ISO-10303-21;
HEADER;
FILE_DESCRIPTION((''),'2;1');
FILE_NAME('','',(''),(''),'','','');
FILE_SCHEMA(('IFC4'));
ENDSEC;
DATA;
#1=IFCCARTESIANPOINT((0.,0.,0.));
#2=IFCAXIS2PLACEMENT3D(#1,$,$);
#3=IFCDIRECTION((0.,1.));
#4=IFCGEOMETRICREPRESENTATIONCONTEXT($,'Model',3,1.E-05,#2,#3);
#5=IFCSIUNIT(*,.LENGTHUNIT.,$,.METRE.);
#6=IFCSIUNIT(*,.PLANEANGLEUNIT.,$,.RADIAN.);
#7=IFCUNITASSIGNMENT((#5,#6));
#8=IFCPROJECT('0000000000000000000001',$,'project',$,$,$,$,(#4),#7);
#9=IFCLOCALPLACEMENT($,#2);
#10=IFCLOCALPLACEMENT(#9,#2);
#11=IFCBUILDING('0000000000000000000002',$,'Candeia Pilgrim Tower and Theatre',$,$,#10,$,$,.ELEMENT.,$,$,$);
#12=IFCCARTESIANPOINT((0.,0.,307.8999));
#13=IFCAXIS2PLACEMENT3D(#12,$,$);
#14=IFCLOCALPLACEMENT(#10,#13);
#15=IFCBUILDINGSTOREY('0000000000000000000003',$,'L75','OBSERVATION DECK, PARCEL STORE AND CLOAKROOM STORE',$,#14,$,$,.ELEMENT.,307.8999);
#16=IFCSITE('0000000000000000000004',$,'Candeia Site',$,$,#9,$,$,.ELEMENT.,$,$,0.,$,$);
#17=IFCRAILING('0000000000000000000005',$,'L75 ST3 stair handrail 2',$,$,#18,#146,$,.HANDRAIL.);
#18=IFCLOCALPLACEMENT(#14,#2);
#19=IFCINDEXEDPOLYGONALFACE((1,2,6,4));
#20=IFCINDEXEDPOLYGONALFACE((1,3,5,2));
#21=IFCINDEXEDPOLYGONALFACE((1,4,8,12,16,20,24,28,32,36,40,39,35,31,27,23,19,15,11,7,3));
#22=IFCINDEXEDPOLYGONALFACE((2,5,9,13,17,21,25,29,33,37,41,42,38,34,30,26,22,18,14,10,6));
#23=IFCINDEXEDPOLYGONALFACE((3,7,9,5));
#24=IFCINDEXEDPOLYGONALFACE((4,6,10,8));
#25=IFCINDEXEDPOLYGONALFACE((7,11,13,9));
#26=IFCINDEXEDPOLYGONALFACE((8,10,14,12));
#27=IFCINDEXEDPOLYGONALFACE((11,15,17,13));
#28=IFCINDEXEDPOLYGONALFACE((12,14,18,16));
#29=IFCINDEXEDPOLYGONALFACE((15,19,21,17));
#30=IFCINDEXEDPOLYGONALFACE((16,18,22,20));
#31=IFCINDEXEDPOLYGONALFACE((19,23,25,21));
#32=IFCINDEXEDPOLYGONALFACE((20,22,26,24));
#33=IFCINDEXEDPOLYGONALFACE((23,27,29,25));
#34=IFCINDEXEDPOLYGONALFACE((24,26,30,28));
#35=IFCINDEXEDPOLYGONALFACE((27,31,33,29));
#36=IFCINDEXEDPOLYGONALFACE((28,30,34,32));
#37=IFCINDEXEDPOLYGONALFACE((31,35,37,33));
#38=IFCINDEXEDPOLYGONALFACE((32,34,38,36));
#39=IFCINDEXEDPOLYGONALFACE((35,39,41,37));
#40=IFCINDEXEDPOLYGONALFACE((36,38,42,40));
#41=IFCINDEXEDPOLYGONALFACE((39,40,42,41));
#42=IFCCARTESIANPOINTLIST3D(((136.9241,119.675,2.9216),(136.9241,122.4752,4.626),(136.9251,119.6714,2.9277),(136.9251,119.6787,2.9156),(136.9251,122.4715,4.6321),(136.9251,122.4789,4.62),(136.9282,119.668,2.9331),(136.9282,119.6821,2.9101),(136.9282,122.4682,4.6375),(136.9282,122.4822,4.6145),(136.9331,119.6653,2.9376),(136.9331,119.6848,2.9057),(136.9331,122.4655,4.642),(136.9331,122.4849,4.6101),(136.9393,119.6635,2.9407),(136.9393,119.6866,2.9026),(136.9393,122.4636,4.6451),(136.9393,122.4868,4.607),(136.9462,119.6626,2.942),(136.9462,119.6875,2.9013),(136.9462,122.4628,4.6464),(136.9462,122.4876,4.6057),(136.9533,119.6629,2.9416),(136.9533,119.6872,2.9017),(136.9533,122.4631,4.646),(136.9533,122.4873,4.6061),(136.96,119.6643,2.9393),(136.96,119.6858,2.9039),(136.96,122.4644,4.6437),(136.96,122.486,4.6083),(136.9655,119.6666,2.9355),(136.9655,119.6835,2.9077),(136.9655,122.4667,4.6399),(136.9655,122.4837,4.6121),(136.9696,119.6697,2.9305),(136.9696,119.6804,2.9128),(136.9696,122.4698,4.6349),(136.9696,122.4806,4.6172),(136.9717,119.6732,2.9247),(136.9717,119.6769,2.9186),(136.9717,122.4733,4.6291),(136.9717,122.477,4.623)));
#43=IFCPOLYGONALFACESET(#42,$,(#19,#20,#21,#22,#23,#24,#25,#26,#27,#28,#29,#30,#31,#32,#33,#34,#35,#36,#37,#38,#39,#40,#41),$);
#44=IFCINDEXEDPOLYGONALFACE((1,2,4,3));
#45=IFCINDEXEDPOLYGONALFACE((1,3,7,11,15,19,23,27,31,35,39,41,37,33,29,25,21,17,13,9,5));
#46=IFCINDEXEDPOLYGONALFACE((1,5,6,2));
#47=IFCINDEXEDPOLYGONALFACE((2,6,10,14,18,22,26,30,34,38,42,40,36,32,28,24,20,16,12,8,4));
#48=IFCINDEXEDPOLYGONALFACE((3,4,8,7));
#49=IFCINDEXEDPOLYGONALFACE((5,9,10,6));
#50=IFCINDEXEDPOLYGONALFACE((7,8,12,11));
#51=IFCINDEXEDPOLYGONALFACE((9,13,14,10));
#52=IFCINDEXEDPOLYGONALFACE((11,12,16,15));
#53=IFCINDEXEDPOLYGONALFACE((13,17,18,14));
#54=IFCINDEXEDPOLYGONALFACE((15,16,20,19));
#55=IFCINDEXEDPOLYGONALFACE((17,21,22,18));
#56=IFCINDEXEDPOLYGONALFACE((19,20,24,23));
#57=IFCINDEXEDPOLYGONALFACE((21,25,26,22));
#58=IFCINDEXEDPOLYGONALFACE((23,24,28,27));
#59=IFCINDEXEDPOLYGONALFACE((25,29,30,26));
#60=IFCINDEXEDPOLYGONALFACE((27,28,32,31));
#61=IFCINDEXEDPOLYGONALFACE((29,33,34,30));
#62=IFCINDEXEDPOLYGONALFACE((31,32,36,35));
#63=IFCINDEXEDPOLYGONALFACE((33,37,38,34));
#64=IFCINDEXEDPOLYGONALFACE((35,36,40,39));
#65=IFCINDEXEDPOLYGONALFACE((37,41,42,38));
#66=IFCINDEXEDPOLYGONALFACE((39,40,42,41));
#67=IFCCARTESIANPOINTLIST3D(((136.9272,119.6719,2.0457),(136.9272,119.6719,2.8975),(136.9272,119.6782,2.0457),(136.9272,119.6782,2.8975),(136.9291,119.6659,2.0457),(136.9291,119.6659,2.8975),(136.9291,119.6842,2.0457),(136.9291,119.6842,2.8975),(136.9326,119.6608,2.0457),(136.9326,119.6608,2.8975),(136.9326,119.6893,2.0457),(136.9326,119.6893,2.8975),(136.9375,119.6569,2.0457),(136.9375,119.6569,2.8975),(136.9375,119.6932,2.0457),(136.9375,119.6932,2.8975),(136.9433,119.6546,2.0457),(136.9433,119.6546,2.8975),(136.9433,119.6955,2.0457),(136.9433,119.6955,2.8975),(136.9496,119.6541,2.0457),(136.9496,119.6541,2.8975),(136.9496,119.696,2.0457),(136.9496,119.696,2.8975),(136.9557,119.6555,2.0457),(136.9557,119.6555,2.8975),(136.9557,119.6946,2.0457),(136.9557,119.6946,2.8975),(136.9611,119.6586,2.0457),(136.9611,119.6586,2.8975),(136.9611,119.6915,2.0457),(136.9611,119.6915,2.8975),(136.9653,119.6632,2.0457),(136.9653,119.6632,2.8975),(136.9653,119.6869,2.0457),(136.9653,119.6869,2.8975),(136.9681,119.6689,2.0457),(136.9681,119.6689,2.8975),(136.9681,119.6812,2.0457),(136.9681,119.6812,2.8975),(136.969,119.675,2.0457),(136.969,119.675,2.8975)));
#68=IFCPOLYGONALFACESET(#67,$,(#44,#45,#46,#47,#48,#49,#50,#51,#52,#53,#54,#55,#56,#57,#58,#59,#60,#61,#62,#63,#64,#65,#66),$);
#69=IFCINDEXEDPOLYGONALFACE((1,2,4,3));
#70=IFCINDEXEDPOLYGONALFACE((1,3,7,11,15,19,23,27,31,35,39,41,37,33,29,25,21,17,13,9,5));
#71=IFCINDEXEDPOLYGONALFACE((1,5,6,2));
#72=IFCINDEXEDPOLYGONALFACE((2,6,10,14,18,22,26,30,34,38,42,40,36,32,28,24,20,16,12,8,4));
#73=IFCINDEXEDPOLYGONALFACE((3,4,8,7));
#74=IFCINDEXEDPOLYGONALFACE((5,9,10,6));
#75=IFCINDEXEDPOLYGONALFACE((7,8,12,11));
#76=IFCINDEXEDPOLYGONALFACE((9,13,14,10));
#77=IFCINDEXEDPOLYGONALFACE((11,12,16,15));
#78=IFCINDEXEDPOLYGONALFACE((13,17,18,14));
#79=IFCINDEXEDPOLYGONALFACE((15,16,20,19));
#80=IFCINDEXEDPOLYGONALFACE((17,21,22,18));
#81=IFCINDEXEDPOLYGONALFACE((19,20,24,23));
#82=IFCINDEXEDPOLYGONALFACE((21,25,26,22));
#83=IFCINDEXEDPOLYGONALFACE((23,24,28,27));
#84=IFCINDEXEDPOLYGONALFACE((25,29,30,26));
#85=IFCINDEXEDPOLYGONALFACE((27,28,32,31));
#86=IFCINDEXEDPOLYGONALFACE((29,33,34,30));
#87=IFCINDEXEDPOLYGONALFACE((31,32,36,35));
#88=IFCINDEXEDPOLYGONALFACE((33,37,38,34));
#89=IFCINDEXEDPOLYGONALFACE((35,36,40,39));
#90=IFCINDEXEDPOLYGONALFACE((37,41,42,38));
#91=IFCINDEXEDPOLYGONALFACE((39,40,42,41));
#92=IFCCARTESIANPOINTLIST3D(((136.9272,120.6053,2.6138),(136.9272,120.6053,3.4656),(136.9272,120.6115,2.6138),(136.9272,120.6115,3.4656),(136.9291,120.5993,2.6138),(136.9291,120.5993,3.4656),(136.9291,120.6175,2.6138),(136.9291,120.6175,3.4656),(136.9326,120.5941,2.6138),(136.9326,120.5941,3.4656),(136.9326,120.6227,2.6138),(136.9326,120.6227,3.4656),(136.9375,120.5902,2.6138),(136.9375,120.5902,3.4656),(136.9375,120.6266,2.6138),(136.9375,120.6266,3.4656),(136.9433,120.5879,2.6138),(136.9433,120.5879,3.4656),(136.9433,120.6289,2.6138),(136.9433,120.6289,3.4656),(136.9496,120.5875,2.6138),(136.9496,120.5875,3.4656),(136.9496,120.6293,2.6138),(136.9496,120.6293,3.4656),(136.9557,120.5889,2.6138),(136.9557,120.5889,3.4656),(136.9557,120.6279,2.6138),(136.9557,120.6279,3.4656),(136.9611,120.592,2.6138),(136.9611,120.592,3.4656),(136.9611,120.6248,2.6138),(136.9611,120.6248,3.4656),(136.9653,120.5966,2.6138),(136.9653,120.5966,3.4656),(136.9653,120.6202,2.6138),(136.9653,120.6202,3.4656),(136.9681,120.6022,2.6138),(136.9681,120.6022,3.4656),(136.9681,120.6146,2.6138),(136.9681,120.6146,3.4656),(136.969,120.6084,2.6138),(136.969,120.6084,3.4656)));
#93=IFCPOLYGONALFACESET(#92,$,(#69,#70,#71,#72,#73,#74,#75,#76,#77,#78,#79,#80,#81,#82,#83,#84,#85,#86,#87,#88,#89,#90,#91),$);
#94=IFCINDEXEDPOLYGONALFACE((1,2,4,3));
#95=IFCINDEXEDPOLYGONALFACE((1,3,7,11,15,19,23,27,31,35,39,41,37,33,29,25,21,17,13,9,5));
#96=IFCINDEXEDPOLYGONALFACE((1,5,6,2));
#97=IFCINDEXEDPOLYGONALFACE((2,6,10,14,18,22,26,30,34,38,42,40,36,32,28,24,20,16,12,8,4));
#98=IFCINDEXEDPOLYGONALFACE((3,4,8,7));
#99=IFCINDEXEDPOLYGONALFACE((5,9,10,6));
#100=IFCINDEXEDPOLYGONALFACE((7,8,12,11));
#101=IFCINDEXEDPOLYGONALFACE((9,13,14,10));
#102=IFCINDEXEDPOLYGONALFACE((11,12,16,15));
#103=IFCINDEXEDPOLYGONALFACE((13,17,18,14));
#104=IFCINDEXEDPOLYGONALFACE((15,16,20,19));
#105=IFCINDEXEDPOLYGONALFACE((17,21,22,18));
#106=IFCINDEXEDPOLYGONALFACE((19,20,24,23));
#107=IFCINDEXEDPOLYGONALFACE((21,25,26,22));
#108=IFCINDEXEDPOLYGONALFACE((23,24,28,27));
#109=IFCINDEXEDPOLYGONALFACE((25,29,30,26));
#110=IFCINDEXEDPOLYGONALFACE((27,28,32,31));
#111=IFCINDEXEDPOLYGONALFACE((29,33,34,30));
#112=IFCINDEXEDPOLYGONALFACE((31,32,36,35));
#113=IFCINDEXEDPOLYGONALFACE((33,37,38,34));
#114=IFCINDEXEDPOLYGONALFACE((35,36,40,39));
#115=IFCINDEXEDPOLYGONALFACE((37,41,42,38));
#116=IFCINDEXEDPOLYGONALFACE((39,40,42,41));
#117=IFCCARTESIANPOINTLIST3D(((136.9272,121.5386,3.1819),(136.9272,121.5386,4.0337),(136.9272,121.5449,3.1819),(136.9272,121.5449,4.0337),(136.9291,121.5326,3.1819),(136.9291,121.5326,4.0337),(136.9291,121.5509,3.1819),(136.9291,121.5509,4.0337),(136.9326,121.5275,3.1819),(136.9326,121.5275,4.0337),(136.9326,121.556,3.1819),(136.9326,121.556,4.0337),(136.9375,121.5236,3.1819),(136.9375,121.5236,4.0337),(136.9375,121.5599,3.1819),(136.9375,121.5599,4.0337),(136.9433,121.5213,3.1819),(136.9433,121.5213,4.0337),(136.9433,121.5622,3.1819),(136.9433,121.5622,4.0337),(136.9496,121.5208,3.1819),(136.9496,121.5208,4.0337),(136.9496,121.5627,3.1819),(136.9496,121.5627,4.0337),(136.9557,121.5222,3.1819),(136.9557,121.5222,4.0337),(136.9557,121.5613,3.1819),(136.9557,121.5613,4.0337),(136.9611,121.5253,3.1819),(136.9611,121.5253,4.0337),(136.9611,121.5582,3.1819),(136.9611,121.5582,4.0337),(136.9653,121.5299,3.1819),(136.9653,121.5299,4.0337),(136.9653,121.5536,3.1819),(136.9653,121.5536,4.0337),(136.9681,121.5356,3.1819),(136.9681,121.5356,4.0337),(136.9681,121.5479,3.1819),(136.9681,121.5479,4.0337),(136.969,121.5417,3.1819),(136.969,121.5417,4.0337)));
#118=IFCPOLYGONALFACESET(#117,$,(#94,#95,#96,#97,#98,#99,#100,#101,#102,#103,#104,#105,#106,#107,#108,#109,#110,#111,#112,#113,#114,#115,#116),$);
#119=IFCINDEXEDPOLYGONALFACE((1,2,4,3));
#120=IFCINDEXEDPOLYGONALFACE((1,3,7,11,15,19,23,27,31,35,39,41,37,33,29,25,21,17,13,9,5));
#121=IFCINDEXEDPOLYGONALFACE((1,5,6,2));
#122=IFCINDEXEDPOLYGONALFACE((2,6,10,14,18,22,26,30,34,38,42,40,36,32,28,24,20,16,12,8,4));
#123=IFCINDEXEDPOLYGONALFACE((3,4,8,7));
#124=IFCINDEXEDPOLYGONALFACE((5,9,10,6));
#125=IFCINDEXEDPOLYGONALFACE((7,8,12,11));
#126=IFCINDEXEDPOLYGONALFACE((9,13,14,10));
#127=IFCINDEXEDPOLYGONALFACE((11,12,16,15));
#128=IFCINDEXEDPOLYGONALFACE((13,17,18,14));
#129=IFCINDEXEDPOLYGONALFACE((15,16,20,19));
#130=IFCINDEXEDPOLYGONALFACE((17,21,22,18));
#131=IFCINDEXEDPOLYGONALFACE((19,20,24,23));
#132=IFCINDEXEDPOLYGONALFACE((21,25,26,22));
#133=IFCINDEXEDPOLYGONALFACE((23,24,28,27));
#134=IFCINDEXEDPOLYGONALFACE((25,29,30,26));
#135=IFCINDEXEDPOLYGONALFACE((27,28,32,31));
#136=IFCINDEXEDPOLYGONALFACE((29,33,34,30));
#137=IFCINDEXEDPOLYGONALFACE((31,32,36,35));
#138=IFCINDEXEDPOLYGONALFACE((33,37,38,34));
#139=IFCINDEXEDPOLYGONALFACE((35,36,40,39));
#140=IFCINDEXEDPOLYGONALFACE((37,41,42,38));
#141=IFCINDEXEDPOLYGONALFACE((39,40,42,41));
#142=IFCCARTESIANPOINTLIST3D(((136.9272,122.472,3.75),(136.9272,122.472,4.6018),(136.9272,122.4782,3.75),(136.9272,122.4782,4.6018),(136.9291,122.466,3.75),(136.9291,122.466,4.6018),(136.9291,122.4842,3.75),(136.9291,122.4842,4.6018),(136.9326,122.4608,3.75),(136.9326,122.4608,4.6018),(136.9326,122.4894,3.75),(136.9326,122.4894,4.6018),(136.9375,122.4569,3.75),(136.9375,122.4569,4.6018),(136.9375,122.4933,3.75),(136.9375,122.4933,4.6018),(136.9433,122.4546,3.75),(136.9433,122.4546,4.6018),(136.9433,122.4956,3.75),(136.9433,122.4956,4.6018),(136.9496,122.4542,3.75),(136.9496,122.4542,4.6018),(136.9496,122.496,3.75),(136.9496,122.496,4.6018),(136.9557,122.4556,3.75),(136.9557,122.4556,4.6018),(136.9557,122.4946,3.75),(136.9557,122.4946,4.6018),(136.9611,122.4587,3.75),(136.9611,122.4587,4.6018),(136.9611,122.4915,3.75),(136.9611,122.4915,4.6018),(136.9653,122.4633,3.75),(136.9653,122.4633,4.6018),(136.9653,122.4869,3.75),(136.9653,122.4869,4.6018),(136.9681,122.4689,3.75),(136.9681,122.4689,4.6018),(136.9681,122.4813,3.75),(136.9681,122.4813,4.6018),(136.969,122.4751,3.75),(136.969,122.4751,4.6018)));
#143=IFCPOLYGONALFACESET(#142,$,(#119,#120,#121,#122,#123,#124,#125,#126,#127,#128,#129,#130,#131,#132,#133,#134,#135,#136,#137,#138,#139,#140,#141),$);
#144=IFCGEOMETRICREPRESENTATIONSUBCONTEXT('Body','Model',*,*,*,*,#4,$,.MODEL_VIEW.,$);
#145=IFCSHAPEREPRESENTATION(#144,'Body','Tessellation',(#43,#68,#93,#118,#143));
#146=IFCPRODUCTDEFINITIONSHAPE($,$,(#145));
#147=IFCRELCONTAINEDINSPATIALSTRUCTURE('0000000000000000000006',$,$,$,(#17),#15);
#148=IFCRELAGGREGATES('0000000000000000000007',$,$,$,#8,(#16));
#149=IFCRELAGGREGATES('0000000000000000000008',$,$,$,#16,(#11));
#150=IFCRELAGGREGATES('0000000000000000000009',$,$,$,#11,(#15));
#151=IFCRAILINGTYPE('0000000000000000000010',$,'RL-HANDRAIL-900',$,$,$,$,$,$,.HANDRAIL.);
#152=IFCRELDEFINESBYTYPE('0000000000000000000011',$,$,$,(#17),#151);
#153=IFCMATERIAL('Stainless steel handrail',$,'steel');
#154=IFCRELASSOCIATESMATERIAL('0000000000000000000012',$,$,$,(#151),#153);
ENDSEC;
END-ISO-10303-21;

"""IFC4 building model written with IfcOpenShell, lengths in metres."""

from ifc_helpers import new_model, si_unit, direction, frame, origin, origin_2d, place, context, subcontext, project, spatial, circle, extrude, material, type_object, element, save


model = new_model("IFC4")

# Units and contexts
model_context = context("Model", 3, precision=1e-05, world=origin(), true_north=direction((0.0, 1.0)))
body_context = subcontext(model_context, "Body", "Model", "MODEL_VIEW")
ifc_project = project(units=[si_unit("LENGTHUNIT", "METRE"), si_unit("PLANEANGLEUNIT", "RADIAN")], contexts=[model_context])

# Site, building, storey
site_placement = place(None, origin())
site = spatial("IfcSite", under=ifc_project, at=site_placement, Name="Candeia Site", CompositionType="ELEMENT", RefElevation=0.0)
building_placement = place(site_placement, origin())
building = spatial("IfcBuilding", under=site, at=building_placement, Name="Candeia Pilgrim Tower and Theatre", CompositionType="ELEMENT")
storey_placement = place(building_placement, frame((0.0, 0.0, 307.8999)))
storey = spatial("IfcBuildingStorey", under=building, at=storey_placement, Name="L75", Description="OBSERVATION DECK, PARCEL STORE AND CLOAKROOM STORE", CompositionType="ELEMENT", Elevation=307.8999)

# Railing
ifc_material_1 = material(Name="Stainless steel handrail", Category="steel")
railing_type_1 = type_object("IfcRailingType", Name="RL-HANDRAIL-900", PredefinedType="HANDRAIL", material=ifc_material_1)
railing_1_placement = place(storey_placement, frame((136.948, 119.675, 2.0457)))
element("IfcRailing", 1, at=railing_1_placement, inside=storey, type_object=railing_type_1, Name="L75 ST3 stair handrail 2", PredefinedType="HANDRAIL", context=body_context, shape_type="SweptSolid", body=[
    extrude(circle(Radius=0.0239, at=origin_2d()), frame((0.0, 0.0, 0.876), z_axis=(0.0, 0.854203, 0.51994), x_axis=(-1.0, 0.0, 0.0)), (0.0, 0.0, 1.0), 3.2781),
    extrude(circle(Radius=0.021, at=origin_2d()), origin(), (0.0, 0.0, 1.0), 0.8518),
    extrude(circle(Radius=0.021, at=origin_2d()), frame((0.0, 0.9333, 0.5681)), (0.0, 0.0, 1.0), 0.8518),
    extrude(circle(Radius=0.021, at=origin_2d()), frame((0.0, 1.8667, 1.1362)), (0.0, 0.0, 1.0), 0.8518),
    extrude(circle(Radius=0.021, at=origin_2d()), frame((0.0, 2.8, 1.7043)), (0.0, 0.0, 1.0), 0.8518),
])

save(model, "model.ifc")
